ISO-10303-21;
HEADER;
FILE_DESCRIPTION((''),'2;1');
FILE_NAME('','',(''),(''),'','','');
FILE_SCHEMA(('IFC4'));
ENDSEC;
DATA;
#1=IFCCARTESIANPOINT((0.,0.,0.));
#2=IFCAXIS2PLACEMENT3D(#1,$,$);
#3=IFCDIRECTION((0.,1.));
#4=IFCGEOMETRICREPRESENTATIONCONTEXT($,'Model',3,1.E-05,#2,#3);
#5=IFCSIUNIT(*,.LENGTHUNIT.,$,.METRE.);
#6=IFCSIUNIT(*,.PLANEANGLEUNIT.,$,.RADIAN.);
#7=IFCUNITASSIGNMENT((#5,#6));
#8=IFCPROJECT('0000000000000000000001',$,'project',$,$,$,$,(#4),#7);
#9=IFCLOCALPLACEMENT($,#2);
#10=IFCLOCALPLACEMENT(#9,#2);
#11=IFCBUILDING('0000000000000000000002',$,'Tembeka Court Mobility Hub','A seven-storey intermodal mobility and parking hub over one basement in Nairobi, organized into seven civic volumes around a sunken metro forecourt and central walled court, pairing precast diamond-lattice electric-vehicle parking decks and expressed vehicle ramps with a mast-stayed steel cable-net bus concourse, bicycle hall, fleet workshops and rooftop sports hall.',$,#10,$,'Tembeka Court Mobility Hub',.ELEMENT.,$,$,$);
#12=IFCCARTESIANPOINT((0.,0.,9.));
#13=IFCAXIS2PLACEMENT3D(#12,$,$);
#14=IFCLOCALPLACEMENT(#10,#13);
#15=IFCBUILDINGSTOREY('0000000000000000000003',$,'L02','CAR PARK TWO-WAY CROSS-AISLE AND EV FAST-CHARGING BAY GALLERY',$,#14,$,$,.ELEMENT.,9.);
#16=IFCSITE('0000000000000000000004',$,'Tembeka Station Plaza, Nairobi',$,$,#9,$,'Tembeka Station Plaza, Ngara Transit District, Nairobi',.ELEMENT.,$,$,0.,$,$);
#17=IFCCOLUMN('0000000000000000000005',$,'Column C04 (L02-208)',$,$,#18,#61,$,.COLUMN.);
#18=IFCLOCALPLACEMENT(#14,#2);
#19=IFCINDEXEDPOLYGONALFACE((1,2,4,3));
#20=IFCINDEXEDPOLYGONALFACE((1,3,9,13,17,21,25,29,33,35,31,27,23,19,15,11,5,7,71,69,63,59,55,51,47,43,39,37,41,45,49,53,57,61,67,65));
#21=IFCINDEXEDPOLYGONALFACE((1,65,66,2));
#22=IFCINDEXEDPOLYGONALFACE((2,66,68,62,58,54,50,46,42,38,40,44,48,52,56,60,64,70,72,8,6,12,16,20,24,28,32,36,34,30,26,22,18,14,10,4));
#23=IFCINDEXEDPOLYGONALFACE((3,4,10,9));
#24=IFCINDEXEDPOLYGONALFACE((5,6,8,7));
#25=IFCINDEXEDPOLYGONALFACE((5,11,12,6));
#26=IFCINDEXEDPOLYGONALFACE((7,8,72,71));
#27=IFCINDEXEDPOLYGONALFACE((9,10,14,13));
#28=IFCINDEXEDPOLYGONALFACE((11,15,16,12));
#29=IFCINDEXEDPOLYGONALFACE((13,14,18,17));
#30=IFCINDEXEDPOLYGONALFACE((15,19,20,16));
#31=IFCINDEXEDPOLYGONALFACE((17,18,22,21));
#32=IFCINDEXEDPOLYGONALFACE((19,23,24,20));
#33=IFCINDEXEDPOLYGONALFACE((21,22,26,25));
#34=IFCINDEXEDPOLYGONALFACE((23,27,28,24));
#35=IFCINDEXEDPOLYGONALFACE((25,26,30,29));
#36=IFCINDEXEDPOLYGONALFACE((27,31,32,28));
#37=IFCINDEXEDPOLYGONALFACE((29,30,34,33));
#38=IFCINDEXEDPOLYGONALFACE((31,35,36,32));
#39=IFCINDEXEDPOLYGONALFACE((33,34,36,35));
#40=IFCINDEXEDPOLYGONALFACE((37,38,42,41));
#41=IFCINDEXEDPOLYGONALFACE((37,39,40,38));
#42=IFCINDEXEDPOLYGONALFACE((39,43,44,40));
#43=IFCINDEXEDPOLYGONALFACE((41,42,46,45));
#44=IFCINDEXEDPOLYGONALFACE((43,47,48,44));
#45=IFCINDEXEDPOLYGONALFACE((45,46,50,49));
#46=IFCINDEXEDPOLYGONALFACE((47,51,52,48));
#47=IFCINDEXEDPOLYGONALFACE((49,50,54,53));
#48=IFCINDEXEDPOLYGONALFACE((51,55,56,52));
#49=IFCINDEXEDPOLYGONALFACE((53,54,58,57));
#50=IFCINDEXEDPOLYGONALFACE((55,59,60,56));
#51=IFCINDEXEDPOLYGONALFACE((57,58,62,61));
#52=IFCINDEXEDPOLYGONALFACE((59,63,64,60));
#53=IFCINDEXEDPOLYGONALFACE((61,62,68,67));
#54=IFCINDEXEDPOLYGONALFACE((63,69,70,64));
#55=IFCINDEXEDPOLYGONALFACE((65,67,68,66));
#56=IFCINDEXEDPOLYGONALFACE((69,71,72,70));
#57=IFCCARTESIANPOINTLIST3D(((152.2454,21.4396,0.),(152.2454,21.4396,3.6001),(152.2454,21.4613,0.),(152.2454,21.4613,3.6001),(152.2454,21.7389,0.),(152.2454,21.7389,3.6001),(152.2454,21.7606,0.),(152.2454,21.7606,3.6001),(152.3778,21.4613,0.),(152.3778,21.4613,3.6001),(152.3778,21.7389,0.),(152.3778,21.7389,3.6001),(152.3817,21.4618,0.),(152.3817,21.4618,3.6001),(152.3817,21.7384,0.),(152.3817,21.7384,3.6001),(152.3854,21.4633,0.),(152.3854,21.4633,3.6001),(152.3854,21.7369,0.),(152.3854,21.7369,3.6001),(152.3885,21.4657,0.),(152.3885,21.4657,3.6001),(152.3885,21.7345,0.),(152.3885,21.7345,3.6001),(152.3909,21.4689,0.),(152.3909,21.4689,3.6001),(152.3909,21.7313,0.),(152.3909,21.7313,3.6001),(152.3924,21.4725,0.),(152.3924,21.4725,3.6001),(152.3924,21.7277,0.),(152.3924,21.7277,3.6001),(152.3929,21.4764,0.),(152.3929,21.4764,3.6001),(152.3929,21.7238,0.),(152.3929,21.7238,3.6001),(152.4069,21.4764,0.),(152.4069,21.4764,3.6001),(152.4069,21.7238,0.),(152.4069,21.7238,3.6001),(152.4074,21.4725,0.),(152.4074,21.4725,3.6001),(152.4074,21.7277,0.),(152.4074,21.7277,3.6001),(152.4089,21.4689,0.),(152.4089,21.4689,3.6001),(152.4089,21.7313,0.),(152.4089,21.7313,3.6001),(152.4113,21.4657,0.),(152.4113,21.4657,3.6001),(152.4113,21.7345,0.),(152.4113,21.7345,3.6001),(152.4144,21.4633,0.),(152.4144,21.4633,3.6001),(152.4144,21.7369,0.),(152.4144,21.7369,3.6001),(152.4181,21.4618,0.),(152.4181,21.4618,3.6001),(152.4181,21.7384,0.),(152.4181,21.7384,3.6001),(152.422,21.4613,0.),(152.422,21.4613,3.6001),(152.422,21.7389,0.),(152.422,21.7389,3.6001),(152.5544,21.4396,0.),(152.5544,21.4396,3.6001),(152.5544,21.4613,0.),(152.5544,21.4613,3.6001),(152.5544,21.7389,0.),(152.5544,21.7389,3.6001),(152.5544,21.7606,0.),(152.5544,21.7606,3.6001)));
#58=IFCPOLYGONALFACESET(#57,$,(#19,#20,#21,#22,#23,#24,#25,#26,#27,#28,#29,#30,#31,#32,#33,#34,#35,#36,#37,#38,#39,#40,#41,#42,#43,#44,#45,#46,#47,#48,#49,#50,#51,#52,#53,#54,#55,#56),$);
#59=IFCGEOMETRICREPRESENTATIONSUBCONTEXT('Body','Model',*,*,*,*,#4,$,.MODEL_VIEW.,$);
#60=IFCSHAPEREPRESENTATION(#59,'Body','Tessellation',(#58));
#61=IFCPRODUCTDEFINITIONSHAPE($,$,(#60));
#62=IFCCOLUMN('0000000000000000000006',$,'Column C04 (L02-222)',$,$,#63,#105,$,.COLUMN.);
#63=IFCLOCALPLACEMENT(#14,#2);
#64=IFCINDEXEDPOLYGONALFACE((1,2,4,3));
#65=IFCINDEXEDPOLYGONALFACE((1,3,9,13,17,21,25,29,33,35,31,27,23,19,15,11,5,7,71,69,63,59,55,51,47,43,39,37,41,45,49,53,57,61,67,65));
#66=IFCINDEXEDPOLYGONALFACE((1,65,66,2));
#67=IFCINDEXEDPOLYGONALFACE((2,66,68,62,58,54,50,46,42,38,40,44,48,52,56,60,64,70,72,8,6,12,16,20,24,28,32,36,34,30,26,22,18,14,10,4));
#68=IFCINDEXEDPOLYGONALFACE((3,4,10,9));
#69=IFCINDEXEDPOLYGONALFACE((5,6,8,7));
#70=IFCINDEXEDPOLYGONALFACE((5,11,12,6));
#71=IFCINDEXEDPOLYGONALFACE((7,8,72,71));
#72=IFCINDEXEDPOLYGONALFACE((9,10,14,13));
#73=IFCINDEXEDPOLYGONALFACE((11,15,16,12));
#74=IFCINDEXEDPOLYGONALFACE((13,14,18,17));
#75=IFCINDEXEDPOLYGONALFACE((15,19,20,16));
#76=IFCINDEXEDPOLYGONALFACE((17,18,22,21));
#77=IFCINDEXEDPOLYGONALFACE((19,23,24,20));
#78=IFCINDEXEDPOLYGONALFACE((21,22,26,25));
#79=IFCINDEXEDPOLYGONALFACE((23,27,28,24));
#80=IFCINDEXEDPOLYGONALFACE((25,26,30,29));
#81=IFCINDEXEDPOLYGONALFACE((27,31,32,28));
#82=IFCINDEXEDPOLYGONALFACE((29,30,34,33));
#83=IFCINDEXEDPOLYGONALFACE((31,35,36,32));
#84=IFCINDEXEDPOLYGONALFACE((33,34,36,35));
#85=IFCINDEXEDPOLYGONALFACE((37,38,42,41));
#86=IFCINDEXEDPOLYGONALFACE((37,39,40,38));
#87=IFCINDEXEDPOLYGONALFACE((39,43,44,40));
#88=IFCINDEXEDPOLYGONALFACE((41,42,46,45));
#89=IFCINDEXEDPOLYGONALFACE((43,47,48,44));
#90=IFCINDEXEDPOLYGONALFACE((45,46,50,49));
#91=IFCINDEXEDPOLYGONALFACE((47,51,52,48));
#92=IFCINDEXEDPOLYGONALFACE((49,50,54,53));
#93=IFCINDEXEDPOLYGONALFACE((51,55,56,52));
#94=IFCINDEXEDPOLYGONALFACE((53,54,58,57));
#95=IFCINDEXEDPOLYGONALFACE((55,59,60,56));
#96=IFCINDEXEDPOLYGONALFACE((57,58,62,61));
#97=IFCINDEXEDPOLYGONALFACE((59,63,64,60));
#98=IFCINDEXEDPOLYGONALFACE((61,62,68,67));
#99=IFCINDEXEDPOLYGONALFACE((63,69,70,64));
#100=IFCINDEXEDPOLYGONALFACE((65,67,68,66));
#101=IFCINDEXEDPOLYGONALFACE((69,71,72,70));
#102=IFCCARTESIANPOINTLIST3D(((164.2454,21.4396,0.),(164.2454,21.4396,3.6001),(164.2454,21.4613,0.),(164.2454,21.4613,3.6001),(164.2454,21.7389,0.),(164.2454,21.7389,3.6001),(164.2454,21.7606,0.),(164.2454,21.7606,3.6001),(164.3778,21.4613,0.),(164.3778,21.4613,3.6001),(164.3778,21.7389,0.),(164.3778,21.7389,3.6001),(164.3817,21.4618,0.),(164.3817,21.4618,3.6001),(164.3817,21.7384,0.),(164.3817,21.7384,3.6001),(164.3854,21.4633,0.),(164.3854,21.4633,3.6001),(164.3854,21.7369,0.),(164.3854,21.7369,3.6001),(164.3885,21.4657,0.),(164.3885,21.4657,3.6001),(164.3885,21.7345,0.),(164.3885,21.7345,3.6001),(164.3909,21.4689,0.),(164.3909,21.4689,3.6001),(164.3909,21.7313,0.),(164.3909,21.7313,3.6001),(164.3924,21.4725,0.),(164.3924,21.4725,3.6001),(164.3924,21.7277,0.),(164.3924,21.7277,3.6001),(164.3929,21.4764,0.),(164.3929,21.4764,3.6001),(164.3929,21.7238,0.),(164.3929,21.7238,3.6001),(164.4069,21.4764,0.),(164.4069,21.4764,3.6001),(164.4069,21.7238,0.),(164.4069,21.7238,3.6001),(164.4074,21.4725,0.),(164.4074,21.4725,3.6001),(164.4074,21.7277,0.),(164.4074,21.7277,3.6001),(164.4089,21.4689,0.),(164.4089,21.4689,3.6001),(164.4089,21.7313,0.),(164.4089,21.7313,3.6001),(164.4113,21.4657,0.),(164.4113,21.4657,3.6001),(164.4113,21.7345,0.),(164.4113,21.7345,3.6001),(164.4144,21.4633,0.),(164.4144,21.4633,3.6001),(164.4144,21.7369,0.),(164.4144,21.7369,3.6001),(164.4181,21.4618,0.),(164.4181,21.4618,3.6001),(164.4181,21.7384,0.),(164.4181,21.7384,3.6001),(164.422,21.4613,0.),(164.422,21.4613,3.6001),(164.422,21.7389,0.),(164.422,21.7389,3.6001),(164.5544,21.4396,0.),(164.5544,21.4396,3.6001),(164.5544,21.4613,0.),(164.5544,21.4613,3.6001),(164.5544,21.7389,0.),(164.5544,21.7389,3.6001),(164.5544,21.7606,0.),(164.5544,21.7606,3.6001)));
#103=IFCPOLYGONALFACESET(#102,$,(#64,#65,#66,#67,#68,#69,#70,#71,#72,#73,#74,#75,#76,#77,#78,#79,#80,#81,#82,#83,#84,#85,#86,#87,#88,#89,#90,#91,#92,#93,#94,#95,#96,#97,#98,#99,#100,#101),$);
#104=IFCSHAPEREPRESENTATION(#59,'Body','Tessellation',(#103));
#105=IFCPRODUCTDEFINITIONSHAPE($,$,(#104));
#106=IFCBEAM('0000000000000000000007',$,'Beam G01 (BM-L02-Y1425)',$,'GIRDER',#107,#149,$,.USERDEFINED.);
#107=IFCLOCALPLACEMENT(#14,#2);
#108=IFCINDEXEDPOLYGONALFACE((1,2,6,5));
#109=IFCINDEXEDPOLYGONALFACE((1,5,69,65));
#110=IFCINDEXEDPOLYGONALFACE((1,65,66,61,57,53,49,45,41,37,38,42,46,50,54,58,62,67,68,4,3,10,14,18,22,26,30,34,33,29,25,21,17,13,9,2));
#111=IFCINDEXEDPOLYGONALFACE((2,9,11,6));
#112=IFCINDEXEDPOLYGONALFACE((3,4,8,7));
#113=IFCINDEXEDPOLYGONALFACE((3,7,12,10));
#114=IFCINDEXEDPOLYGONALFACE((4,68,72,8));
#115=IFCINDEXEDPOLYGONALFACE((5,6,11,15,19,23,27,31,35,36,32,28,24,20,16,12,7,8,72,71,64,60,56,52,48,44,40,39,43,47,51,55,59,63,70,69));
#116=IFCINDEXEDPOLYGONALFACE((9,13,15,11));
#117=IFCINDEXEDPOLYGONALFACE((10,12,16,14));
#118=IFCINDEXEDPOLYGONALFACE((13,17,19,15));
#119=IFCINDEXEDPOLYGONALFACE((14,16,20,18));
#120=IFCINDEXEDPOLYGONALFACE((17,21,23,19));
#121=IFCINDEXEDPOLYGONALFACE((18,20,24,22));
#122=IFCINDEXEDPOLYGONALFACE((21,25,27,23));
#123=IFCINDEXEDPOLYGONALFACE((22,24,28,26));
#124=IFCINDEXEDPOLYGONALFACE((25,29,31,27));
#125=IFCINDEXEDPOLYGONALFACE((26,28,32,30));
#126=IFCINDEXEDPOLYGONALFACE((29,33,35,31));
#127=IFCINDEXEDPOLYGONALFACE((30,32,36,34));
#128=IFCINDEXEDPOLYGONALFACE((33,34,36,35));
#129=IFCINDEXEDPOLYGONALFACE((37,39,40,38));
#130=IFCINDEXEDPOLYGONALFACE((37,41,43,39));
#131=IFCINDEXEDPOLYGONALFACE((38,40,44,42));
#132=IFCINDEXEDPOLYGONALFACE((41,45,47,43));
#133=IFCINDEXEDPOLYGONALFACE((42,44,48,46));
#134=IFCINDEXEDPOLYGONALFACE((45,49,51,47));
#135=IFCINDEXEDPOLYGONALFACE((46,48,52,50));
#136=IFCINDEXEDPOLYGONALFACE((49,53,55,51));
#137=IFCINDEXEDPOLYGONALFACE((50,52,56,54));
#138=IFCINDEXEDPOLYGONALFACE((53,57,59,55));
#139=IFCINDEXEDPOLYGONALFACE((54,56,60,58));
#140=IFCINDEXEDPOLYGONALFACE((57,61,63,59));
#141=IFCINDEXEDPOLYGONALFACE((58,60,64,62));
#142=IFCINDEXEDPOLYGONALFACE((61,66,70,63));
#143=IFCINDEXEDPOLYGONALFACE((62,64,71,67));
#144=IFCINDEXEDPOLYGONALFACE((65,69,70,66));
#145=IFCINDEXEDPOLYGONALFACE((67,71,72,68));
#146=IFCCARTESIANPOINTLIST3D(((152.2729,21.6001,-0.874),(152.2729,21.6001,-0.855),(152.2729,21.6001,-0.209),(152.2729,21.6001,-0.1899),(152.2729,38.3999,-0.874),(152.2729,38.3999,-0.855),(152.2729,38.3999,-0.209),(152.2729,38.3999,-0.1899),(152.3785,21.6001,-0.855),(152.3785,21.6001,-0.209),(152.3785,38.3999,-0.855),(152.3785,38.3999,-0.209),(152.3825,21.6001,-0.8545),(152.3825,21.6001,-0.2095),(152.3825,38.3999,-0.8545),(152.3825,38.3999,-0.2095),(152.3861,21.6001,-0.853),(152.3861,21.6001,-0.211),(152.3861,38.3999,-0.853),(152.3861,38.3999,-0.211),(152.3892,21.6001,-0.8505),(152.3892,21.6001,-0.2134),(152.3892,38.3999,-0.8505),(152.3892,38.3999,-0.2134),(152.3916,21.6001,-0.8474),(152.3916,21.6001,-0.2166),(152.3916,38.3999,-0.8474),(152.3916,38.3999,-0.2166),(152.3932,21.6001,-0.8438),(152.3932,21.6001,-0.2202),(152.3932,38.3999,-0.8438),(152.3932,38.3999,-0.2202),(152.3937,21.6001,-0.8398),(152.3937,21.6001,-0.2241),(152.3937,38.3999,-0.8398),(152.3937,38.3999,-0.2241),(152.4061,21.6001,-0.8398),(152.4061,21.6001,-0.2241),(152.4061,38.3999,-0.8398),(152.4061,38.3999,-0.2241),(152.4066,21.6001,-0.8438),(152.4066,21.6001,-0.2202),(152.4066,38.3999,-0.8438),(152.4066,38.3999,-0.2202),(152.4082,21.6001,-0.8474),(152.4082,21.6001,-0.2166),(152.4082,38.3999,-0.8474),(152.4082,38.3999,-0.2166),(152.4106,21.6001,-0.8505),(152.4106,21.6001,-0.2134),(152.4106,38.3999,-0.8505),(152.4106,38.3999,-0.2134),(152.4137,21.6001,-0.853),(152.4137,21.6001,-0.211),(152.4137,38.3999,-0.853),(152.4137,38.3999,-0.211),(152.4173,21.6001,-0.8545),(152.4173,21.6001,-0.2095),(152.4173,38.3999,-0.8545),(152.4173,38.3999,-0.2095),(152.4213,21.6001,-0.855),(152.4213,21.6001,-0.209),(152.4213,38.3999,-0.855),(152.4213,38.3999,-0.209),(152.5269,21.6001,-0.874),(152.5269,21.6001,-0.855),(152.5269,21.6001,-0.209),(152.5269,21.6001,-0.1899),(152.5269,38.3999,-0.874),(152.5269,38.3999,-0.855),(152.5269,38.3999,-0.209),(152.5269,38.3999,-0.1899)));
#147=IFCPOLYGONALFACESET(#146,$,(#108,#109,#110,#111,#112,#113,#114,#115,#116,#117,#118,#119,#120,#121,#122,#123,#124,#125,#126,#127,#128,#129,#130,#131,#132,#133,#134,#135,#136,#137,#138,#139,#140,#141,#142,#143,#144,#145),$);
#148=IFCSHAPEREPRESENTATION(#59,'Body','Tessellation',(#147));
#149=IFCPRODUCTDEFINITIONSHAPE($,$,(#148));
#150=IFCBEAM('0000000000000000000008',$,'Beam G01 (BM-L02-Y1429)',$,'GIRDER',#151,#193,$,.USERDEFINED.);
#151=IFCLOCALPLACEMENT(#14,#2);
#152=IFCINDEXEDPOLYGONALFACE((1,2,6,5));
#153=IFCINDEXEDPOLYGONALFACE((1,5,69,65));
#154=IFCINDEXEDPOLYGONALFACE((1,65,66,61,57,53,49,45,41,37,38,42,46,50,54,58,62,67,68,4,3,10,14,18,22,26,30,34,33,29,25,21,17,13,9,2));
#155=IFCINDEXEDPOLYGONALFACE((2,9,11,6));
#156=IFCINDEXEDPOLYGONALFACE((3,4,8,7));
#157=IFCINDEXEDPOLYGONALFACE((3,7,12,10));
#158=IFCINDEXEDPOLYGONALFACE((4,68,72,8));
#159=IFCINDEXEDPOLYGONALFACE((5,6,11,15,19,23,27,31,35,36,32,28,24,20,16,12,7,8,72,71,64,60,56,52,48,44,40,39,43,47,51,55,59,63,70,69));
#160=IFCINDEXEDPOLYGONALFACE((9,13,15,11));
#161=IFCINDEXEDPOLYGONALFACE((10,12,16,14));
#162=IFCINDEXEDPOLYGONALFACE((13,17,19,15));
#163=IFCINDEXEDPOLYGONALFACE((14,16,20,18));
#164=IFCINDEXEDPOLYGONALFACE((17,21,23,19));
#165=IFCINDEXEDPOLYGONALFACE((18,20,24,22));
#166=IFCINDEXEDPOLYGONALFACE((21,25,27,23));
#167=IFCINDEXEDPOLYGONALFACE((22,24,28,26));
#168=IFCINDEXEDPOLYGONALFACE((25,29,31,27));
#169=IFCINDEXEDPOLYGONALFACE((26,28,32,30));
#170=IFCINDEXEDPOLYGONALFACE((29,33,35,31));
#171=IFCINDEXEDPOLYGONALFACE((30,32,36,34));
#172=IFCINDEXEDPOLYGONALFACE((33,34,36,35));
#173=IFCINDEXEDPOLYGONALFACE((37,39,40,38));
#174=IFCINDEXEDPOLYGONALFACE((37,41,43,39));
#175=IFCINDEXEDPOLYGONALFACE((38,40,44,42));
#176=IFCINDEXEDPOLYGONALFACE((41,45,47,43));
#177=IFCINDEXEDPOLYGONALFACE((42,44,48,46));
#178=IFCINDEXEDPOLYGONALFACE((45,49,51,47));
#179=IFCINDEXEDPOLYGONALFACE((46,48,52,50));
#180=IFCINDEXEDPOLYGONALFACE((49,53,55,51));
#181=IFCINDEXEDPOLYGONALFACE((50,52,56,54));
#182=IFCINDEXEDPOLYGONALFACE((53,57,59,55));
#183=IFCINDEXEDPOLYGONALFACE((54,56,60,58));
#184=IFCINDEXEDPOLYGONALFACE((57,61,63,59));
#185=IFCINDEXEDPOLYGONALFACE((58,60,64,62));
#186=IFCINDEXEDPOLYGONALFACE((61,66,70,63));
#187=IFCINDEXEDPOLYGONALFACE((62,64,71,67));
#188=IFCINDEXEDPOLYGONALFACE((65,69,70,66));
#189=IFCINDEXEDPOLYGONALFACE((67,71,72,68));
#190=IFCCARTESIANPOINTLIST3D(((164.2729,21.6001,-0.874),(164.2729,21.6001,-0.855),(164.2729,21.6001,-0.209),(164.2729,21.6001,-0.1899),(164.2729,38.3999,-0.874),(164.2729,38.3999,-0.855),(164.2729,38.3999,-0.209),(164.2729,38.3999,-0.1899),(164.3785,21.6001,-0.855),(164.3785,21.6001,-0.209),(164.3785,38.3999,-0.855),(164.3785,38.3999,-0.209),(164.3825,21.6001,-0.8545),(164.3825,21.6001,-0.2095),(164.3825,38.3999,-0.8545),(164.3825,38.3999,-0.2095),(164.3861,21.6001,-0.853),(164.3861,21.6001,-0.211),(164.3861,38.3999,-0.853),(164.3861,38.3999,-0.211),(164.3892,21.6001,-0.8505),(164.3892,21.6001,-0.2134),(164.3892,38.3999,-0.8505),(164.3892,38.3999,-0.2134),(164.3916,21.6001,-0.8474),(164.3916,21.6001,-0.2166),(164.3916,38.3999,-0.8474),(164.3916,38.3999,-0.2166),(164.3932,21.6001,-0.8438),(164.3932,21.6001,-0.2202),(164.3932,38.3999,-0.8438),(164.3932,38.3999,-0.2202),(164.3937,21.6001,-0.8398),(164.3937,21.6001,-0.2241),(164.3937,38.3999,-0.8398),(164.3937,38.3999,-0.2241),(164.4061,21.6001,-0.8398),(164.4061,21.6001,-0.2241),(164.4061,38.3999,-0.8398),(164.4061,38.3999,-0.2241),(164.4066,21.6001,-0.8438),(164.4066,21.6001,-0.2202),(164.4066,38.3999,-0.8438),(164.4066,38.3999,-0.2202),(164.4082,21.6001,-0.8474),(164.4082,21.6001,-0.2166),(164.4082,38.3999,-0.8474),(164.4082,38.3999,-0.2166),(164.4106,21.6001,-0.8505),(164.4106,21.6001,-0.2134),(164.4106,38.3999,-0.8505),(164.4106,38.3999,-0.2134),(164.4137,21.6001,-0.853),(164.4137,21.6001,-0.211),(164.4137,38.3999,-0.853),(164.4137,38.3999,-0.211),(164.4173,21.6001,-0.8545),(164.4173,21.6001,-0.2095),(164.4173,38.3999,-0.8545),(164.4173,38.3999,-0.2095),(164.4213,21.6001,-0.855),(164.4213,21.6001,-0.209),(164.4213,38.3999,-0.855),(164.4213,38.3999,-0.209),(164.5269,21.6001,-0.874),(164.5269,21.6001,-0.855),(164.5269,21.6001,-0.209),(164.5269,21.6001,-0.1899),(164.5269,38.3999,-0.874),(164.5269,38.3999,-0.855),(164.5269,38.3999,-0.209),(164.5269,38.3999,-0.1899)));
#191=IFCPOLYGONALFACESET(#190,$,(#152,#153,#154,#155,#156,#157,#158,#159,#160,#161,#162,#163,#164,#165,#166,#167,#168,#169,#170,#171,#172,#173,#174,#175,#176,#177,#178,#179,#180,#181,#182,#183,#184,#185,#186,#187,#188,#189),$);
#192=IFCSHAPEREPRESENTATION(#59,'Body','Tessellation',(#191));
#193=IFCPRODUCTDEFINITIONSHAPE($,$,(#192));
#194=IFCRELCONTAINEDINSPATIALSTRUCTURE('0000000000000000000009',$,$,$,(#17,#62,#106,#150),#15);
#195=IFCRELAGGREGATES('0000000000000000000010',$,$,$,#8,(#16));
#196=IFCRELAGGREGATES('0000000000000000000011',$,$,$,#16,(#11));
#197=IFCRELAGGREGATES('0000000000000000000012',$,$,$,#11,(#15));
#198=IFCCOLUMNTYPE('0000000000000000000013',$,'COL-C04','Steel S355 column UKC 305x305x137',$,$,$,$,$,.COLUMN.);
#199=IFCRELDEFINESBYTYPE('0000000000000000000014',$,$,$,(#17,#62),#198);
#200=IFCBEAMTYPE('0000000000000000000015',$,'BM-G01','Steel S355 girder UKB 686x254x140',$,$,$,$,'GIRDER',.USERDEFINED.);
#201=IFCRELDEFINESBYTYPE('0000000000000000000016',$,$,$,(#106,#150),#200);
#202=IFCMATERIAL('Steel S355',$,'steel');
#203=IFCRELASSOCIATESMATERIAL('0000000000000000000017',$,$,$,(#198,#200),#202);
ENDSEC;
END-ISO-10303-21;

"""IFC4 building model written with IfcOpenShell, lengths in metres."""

from ifc_helpers import new_model, si_unit, direction, frame, origin, origin_2d, place, context, subcontext, project, spatial, i_section, extrude, material, material_profile, profile_set, type_object, element, save


model = new_model("IFC4")

# Units and contexts
model_context = context("Model", 3, precision=1e-05, world=origin(), true_north=direction((0.0, 1.0)))
body_context = subcontext(model_context, "Body", "Model", "MODEL_VIEW")
ifc_project = project(units=[si_unit("LENGTHUNIT", "METRE"), si_unit("PLANEANGLEUNIT", "RADIAN")], contexts=[model_context])

# Site, building, storey
site_placement = place(None, origin())
site = spatial("IfcSite", under=ifc_project, at=site_placement, Name="Tembeka Station Plaza, Nairobi", LongName="Tembeka Station Plaza, Ngara Transit District, Nairobi", CompositionType="ELEMENT", RefElevation=0.0)
building_placement = place(site_placement, origin())
building = spatial("IfcBuilding", under=site, at=building_placement, Name="Tembeka Court Mobility Hub", Description="A seven-storey intermodal mobility and parking hub over one basement in Nairobi, organized into seven civic volumes around a sunken metro forecourt and central walled court, pairing precast diamond-lattice electric-vehicle parking decks and expressed vehicle ramps with a mast-stayed steel cable-net bus concourse, bicycle hall, fleet workshops and rooftop sports hall.", LongName="Tembeka Court Mobility Hub", CompositionType="ELEMENT")
storey_placement = place(building_placement, frame((0.0, 0.0, 9.0)))
storey = spatial("IfcBuildingStorey", under=building, at=storey_placement, Name="L02", Description="CAR PARK TWO-WAY CROSS-AISLE AND EV FAST-CHARGING BAY GALLERY", CompositionType="ELEMENT", Elevation=9.0)

# Columns
ifc_material_1 = material(Name="Steel S355", Category="steel")
ifc_material_profile_1 = material_profile(ifc_material_1, i_section(OverallWidth=0.3091, OverallDepth=0.321, WebThickness=0.0139, FlangeThickness=0.0217, FilletRadius=0.0151, at=origin_2d()), Name="UKC 305x305x137")
ifc_profile_set_1 = profile_set([ifc_material_profile_1], Name="Steel S355")
column_type = type_object("IfcColumnType", Name="COL-C04", Description="Steel S355 column UKC 305x305x137", PredefinedType="COLUMN", material=ifc_profile_set_1)
for number, where, z_axis, x_axis, name in (
    (1, (152.3999, 21.6001, 0.0), (0.0, 0.0, 1.0), (1.0, 0.0, 0.0), "Column C04 (L02-208)"),
    (2, (164.3999, 21.6001, 0.0), (0.0, 0.0, 1.0), (1.0, 0.0, 0.0), "Column C04 (L02-222)"),
):
    element("IfcColumn", number, at=place(storey_placement, frame(where, z_axis=z_axis, x_axis=x_axis)), inside=storey, type_object=column_type, Name=name, PredefinedType="COLUMN", context=body_context, shape_type="SweptSolid", body=[
        extrude(i_section(OverallWidth=0.3091, OverallDepth=0.321, WebThickness=0.0139, FlangeThickness=0.0217, FilletRadius=0.0151, at=origin_2d()), origin(), (0.0, 0.0, 1.0), 3.6001),
    ])

# Beams
ifc_material_profile_2 = material_profile(ifc_material_1, i_section(OverallWidth=0.2539, OverallDepth=0.6841, WebThickness=0.0125, FlangeThickness=0.019, FilletRadius=0.0151, at=origin_2d()), Name="UKB 686x254x140")
ifc_profile_set_2 = profile_set([ifc_material_profile_2], Name="Steel S355")
beam_type_1 = type_object("IfcBeamType", Name="BM-G01", Description="Steel S355 girder UKB 686x254x140", ElementType="GIRDER", PredefinedType="USERDEFINED", material=ifc_profile_set_2)
for number, where, z_axis, x_axis, name in (
    (3, (152.3999, 21.6001, -0.532), (0.0, 1.0, 0.0), (-1.0, 0.0, 0.0), "Beam G01 (BM-L02-Y1425)"),
    (4, (164.3999, 21.6001, -0.532), (0.0, 1.0, 0.0), (-1.0, 0.0, 0.0), "Beam G01 (BM-L02-Y1429)"),
):
    element("IfcBeam", number, at=place(storey_placement, frame(where, z_axis=z_axis, x_axis=x_axis)), inside=storey, type_object=beam_type_1, Name=name, ObjectType="GIRDER", PredefinedType="USERDEFINED", context=body_context, shape_type="SweptSolid", body=[
        extrude(i_section(OverallWidth=0.2539, OverallDepth=0.6841, WebThickness=0.0125, FlangeThickness=0.019, FilletRadius=0.0151, at=origin_2d()), origin(), (0.0, 0.0, 1.0), 16.7998),
    ])

save(model, "model.ifc")
